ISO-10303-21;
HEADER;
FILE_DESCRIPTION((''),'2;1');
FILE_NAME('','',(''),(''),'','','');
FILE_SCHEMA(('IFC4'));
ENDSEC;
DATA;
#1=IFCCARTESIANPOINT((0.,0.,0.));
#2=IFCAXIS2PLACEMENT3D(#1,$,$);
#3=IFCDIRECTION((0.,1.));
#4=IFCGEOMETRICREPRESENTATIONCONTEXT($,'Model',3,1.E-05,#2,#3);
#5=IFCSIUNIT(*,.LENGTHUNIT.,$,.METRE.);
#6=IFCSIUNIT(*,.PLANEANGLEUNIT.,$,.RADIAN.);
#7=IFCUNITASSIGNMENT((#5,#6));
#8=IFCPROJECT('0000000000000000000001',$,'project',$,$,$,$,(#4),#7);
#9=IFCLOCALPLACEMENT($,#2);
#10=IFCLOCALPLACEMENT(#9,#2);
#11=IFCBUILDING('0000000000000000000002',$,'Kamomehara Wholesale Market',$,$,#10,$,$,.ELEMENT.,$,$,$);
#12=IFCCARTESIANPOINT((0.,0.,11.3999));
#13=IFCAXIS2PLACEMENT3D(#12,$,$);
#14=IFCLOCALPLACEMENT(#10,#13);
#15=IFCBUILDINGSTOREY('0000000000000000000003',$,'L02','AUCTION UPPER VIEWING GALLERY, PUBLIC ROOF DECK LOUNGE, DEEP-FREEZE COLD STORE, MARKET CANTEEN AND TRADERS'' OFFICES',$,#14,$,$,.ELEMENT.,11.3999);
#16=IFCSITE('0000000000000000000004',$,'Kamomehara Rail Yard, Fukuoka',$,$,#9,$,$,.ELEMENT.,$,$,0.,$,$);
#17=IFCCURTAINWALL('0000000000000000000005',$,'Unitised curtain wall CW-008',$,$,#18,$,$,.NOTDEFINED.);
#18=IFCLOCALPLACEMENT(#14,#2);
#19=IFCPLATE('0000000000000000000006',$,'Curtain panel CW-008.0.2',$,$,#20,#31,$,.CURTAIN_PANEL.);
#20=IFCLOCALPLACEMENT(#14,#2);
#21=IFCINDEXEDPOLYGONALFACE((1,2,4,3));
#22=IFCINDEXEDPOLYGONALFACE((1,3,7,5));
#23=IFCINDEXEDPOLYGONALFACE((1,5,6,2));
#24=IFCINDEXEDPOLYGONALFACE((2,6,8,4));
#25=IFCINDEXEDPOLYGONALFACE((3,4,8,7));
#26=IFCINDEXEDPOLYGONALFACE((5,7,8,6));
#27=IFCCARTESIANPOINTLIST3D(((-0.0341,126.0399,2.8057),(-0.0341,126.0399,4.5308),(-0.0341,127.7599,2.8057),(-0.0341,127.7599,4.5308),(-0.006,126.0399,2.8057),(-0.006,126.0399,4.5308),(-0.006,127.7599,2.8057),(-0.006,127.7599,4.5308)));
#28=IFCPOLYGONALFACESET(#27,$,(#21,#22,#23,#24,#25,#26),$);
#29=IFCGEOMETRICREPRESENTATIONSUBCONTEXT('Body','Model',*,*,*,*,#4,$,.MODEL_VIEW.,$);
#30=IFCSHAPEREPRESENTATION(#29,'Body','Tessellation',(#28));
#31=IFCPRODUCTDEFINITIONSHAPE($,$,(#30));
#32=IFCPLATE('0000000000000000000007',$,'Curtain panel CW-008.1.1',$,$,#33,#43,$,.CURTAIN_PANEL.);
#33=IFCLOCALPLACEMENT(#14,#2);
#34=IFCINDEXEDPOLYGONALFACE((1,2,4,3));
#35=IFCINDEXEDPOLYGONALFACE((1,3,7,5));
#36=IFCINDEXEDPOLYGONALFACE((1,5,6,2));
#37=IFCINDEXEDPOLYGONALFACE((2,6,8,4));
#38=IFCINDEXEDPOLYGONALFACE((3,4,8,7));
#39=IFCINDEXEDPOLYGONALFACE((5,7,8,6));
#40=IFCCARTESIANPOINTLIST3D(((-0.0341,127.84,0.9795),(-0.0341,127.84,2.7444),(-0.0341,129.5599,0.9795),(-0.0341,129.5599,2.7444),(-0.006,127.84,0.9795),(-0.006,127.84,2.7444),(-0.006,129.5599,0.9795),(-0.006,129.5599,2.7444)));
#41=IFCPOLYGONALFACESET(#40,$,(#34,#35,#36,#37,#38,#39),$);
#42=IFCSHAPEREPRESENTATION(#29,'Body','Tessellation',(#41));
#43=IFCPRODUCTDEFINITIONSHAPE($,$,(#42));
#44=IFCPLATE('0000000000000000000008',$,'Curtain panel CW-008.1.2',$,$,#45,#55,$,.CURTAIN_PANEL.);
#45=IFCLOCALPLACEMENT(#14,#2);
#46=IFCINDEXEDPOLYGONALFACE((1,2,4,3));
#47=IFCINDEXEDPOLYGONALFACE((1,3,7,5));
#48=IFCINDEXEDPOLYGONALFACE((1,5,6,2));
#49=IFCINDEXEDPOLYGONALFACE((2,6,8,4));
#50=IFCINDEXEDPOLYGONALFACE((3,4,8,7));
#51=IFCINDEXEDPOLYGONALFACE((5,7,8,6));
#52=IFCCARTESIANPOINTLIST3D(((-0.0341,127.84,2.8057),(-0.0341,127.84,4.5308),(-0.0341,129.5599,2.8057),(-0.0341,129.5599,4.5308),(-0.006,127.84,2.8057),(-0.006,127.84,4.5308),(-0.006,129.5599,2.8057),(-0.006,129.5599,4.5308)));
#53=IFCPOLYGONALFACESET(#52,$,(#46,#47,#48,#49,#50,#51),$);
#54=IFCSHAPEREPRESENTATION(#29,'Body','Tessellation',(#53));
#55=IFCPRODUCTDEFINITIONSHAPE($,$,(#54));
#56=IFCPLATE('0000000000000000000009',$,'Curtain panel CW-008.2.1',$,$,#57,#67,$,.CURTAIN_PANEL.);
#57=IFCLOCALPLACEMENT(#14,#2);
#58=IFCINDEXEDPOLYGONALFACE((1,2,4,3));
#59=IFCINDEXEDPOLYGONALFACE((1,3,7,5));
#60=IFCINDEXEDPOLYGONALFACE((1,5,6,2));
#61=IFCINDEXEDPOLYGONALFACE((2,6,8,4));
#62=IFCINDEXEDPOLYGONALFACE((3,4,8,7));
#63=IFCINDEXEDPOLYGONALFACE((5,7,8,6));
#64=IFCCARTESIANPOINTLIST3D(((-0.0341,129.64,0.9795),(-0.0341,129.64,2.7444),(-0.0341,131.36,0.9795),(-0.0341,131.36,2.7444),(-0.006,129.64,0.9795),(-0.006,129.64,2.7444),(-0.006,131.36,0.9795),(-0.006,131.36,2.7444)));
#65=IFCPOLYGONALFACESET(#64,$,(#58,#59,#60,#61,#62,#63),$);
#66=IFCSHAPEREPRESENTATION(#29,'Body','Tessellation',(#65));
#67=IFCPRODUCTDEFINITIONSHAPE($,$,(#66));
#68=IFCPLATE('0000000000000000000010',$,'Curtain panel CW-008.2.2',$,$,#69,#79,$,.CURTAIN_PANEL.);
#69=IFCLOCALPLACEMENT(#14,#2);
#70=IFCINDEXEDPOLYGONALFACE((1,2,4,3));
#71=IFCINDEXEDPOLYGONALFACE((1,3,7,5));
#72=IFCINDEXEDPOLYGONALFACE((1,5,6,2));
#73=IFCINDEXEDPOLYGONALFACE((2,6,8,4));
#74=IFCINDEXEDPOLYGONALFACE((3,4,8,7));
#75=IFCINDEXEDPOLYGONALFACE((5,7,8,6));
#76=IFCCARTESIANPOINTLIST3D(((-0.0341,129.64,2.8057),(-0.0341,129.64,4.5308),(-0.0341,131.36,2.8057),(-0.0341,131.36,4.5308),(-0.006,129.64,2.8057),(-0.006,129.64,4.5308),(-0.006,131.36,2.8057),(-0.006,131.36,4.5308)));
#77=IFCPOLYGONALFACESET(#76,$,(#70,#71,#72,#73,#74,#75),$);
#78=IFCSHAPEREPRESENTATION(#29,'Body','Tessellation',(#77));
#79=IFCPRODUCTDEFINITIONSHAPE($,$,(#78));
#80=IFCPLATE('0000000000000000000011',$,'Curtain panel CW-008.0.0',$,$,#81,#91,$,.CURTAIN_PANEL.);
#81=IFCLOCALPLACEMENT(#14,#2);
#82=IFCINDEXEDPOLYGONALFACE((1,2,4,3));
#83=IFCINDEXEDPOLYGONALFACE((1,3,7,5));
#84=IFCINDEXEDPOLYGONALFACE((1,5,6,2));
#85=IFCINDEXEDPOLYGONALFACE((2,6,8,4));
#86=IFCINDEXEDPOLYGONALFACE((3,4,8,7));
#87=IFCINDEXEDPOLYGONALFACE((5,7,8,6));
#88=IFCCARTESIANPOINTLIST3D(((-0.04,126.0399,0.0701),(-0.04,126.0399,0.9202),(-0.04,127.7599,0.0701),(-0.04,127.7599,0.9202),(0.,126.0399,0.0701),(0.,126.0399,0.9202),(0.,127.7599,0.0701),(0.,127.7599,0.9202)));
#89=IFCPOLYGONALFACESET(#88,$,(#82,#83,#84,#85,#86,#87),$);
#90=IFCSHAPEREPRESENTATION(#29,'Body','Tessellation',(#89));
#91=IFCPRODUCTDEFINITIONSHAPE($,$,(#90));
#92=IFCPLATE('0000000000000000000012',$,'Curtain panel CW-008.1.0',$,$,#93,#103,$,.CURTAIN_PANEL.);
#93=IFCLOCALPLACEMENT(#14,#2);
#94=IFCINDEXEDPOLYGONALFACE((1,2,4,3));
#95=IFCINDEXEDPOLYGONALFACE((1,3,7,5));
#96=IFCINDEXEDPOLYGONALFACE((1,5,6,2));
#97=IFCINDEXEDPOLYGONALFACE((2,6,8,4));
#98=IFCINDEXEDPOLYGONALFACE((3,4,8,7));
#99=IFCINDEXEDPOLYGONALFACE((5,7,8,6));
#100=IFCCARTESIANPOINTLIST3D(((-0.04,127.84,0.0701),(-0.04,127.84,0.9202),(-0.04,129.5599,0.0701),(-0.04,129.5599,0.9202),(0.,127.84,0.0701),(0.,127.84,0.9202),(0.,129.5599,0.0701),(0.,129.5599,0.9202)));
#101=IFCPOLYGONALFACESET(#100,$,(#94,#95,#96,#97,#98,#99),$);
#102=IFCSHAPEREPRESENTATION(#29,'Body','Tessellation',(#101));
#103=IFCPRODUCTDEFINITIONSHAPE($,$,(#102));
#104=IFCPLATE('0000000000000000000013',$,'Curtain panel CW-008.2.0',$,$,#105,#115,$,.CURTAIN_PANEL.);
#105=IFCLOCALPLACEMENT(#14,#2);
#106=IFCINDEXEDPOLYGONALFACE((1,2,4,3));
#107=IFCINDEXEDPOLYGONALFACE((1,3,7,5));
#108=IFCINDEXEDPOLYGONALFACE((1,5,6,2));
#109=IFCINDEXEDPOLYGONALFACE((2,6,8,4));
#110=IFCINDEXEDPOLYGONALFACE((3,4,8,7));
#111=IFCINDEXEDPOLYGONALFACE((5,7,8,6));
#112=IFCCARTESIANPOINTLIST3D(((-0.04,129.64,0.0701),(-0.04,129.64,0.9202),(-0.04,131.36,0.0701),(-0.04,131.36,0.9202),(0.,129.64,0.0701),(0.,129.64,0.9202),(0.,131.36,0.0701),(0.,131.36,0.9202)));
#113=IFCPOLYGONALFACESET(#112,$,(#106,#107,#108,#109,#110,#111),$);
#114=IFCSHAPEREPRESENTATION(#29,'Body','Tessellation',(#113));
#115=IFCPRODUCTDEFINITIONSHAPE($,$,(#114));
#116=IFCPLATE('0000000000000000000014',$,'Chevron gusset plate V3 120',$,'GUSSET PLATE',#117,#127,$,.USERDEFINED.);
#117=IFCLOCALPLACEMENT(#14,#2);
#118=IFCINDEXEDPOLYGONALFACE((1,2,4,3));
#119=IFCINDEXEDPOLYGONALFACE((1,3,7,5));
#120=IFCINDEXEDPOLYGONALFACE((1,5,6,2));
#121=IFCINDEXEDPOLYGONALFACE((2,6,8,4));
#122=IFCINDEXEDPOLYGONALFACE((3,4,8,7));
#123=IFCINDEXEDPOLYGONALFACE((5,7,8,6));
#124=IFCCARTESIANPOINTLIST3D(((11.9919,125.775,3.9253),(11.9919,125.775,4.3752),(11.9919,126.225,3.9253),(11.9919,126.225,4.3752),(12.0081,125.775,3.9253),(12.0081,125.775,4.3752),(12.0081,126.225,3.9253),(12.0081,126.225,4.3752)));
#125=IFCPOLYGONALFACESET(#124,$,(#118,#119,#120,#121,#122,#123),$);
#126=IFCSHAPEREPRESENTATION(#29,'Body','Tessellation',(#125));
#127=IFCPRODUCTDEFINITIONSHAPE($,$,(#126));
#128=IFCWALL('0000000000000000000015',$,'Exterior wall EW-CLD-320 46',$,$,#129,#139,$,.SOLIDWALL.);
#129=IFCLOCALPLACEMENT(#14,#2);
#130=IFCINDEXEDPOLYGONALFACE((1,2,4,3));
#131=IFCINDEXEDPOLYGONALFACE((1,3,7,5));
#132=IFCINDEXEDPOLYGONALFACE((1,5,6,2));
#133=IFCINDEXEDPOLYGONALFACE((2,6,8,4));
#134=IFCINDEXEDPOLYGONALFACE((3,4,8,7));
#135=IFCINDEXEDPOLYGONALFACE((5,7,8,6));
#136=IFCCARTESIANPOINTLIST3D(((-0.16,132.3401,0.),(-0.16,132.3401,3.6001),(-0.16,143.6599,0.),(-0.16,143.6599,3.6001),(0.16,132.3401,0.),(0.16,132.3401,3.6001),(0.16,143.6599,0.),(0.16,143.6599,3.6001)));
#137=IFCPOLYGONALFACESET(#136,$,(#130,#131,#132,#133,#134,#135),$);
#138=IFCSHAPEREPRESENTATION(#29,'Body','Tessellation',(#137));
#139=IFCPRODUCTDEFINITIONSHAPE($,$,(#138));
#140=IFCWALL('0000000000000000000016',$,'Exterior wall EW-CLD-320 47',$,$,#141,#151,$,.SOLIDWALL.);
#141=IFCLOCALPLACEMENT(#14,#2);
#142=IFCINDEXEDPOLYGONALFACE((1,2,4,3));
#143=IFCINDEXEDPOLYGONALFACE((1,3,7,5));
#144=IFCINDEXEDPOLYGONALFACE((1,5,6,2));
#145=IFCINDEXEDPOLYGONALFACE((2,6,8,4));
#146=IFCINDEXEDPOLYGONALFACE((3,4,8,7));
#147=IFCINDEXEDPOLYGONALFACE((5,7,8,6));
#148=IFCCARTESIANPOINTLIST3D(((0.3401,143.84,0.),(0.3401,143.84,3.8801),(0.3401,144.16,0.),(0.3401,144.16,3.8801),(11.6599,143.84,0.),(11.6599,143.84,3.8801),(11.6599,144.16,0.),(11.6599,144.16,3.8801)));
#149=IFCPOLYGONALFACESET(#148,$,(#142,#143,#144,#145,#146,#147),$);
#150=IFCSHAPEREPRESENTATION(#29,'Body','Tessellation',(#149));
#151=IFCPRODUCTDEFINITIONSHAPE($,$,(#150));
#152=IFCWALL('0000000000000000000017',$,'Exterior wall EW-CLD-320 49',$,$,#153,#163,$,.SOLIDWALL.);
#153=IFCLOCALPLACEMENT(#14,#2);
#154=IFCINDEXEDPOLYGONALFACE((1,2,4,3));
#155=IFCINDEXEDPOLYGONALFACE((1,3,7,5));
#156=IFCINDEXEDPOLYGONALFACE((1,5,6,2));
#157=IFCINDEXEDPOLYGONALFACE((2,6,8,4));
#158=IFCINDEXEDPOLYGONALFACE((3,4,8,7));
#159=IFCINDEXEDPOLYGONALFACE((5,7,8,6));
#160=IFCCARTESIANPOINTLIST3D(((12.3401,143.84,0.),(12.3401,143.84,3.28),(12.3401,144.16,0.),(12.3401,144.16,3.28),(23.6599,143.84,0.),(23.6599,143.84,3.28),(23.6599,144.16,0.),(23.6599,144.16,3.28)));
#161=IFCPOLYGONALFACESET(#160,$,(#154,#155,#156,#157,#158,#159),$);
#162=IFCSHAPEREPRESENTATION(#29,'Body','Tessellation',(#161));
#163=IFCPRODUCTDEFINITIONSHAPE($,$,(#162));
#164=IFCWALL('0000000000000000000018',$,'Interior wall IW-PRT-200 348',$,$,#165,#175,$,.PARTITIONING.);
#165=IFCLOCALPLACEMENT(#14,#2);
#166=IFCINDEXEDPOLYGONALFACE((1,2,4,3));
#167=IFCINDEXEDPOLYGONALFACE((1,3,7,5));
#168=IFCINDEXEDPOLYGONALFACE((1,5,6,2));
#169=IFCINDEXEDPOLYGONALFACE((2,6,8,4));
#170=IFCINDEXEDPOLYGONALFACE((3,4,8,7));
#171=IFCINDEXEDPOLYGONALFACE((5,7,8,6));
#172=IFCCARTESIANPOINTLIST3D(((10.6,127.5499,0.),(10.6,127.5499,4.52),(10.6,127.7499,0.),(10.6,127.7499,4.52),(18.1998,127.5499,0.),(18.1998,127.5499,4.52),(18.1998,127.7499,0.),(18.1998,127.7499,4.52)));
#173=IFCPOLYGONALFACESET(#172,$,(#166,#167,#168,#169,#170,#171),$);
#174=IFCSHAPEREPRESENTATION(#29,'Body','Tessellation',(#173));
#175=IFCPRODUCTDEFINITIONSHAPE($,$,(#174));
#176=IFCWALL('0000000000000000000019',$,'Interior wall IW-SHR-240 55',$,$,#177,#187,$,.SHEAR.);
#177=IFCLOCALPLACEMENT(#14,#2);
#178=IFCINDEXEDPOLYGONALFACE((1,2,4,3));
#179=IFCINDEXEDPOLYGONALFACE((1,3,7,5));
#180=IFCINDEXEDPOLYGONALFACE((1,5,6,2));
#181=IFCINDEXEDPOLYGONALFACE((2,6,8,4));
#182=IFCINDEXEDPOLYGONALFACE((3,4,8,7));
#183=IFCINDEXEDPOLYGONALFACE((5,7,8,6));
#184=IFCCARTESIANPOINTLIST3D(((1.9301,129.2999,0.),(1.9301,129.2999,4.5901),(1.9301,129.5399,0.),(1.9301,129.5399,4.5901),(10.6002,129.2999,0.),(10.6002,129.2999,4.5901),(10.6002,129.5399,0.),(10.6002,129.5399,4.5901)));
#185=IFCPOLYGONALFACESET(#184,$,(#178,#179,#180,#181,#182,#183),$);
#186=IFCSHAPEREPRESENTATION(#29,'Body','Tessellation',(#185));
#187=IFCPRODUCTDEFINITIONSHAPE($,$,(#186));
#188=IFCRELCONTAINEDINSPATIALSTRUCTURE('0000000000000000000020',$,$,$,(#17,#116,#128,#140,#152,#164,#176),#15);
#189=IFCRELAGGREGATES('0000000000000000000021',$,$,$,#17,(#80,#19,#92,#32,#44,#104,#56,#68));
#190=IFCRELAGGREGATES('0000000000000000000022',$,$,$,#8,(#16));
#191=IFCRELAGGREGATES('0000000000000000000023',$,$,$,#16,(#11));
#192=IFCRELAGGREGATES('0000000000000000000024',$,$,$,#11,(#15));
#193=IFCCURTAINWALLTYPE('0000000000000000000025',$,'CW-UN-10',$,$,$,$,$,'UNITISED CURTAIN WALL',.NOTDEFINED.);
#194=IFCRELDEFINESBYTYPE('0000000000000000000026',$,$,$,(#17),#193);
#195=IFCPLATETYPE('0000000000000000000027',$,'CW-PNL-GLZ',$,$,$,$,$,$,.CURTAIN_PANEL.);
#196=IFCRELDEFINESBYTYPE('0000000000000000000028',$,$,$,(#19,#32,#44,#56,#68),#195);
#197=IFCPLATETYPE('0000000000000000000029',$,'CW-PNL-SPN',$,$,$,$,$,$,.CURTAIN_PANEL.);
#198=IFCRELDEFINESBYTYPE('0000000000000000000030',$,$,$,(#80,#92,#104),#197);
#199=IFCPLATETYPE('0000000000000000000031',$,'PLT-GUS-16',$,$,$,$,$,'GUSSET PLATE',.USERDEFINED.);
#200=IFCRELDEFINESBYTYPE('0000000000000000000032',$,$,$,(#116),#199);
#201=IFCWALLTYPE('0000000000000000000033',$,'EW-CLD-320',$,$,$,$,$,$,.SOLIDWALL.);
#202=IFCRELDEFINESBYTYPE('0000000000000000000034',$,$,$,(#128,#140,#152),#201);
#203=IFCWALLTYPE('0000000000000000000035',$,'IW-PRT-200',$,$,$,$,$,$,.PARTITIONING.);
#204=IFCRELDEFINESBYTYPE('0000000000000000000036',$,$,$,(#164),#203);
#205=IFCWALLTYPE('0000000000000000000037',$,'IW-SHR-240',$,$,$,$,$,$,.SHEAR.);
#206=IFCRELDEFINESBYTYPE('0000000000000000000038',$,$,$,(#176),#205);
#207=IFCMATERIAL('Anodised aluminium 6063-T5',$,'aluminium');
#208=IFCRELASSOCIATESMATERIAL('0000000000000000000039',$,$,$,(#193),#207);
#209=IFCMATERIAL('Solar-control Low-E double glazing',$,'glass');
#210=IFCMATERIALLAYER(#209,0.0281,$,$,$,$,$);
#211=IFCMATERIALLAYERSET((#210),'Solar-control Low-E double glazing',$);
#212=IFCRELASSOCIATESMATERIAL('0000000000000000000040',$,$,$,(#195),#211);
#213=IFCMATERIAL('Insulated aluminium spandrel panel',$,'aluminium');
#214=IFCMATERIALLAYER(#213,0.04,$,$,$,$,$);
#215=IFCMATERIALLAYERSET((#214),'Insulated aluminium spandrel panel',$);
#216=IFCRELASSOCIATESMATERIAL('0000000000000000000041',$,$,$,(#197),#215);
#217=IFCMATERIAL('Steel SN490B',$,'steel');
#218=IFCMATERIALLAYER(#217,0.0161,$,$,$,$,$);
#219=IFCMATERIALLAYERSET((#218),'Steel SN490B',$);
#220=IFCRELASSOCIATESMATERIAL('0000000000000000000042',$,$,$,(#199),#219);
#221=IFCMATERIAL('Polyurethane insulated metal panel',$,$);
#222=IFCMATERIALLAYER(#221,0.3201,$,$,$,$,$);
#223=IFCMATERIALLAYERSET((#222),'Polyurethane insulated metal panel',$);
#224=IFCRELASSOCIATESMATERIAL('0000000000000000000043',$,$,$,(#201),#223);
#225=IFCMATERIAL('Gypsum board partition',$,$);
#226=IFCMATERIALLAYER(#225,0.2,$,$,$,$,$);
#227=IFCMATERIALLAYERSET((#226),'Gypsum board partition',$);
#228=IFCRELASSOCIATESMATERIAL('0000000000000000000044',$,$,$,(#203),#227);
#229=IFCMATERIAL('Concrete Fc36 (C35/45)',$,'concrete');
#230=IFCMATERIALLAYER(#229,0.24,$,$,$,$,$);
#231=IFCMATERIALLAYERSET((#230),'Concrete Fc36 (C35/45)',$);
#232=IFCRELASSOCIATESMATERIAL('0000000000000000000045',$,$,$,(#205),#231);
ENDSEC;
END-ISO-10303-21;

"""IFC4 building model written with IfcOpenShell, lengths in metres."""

from ifc_helpers import new_model, si_unit, direction, frame, frame_2d, origin, origin_2d, place, context, subcontext, project, spatial, rectangle, extrude, material, layer, layer_set, type_object, element, aggregate, save


model = new_model("IFC4")

# Units and contexts
model_context = context("Model", 3, precision=1e-05, world=origin(), true_north=direction((0.0, 1.0)))
body_context = subcontext(model_context, "Body", "Model", "MODEL_VIEW")
ifc_project = project(units=[si_unit("LENGTHUNIT", "METRE"), si_unit("PLANEANGLEUNIT", "RADIAN")], contexts=[model_context])

# Site, building, storey
site_placement = place(None, origin())
site = spatial("IfcSite", under=ifc_project, at=site_placement, Name="Kamomehara Rail Yard, Fukuoka", CompositionType="ELEMENT", RefElevation=0.0)
building_placement = place(site_placement, origin())
building = spatial("IfcBuilding", under=site, at=building_placement, Name="Kamomehara Wholesale Market", CompositionType="ELEMENT")
storey_placement = place(building_placement, frame((0.0, 0.0, 11.3999)))
storey = spatial("IfcBuildingStorey", under=building, at=storey_placement, Name="L02", Description="AUCTION UPPER VIEWING GALLERY, PUBLIC ROOF DECK LOUNGE, DEEP-FREEZE COLD STORE, MARKET CANTEEN AND TRADERS' OFFICES", CompositionType="ELEMENT", Elevation=11.3999)

# Curtain wall
ifc_material_1 = material(Name="Anodised aluminium 6063-T5", Category="aluminium")
curtain_wall_type = type_object("IfcCurtainWallType", Name="CW-UN-10", ElementType="UNITISED CURTAIN WALL", PredefinedType="NOTDEFINED", material=ifc_material_1)
curtain_wall_placement = place(storey_placement, origin())
curtain_wall = element("IfcCurtainWall", 1, at=curtain_wall_placement, inside=storey, type_object=curtain_wall_type, Name="Unitised curtain wall CW-008", PredefinedType="NOTDEFINED")

# Plates
ifc_material_2 = material(Name="Solar-control Low-E double glazing", Category="glass")
ifc_layer_1 = layer(ifc_material_2, 0.0281)
ifc_layer_set_1 = layer_set([ifc_layer_1], Name="Solar-control Low-E double glazing")
plate_type_1 = type_object("IfcPlateType", Name="CW-PNL-GLZ", PredefinedType="CURTAIN_PANEL", material=ifc_layer_set_1)
plate_1_placement = place(storey_placement, frame((-0.02, 126.8999, 2.8057), z_axis=(0.0, 0.0, 1.0), x_axis=(0.0, 1.0, 0.0)))
plate_1 = element("IfcPlate", 2, at=plate_1_placement, type_object=plate_type_1, Name="Curtain panel CW-008.0.2", PredefinedType="CURTAIN_PANEL", context=body_context, shape_type="SweptSolid", body=[
    extrude(rectangle(XDim=1.72, YDim=0.0281, at=origin_2d()), origin(), (0.0, 0.0, 1.0), 1.7251),
])
plate_2_placement = place(storey_placement, frame((-0.02, 128.7, 0.9795), z_axis=(0.0, 0.0, 1.0), x_axis=(0.0, 1.0, 0.0)))
plate_2 = element("IfcPlate", 3, at=plate_2_placement, type_object=plate_type_1, Name="Curtain panel CW-008.1.1", PredefinedType="CURTAIN_PANEL", context=body_context, shape_type="SweptSolid", body=[
    extrude(rectangle(XDim=1.72, YDim=0.0281, at=origin_2d()), origin(), (0.0, 0.0, 1.0), 1.7649),
])
plate_3_placement = place(storey_placement, frame((-0.02, 128.7, 2.8057), z_axis=(0.0, 0.0, 1.0), x_axis=(0.0, 1.0, 0.0)))
plate_3 = element("IfcPlate", 4, at=plate_3_placement, type_object=plate_type_1, Name="Curtain panel CW-008.1.2", PredefinedType="CURTAIN_PANEL", context=body_context, shape_type="SweptSolid", body=[
    extrude(rectangle(XDim=1.72, YDim=0.0281, at=origin_2d()), origin(), (0.0, 0.0, 1.0), 1.7251),
])
plate_4_placement = place(storey_placement, frame((-0.02, 130.5, 0.9795), z_axis=(0.0, 0.0, 1.0), x_axis=(0.0, 1.0, 0.0)))
plate_4 = element("IfcPlate", 5, at=plate_4_placement, type_object=plate_type_1, Name="Curtain panel CW-008.2.1", PredefinedType="CURTAIN_PANEL", context=body_context, shape_type="SweptSolid", body=[
    extrude(rectangle(XDim=1.72, YDim=0.0281, at=origin_2d()), origin(), (0.0, 0.0, 1.0), 1.7649),
])
plate_5_placement = place(storey_placement, frame((-0.02, 130.5, 2.8057), z_axis=(0.0, 0.0, 1.0), x_axis=(0.0, 1.0, 0.0)))
plate_5 = element("IfcPlate", 6, at=plate_5_placement, type_object=plate_type_1, Name="Curtain panel CW-008.2.2", PredefinedType="CURTAIN_PANEL", context=body_context, shape_type="SweptSolid", body=[
    extrude(rectangle(XDim=1.72, YDim=0.0281, at=origin_2d()), origin(), (0.0, 0.0, 1.0), 1.7251),
])
ifc_material_3 = material(Name="Insulated aluminium spandrel panel", Category="aluminium")
ifc_layer_2 = layer(ifc_material_3, 0.04)
ifc_layer_set_2 = layer_set([ifc_layer_2], Name="Insulated aluminium spandrel panel")
plate_type_2 = type_object("IfcPlateType", Name="CW-PNL-SPN", PredefinedType="CURTAIN_PANEL", material=ifc_layer_set_2)
plate_6_placement = place(storey_placement, frame((-0.02, 126.8999, 0.0701), z_axis=(0.0, 0.0, 1.0), x_axis=(0.0, 1.0, 0.0)))
plate_6 = element("IfcPlate", 7, at=plate_6_placement, type_object=plate_type_2, Name="Curtain panel CW-008.0.0", PredefinedType="CURTAIN_PANEL", context=body_context, shape_type="SweptSolid", body=[
    extrude(rectangle(XDim=1.72, YDim=0.04, at=origin_2d()), origin(), (0.0, 0.0, 1.0), 0.8501),
])
plate_7_placement = place(storey_placement, frame((-0.02, 128.7, 0.0701), z_axis=(0.0, 0.0, 1.0), x_axis=(0.0, 1.0, 0.0)))
plate_7 = element("IfcPlate", 8, at=plate_7_placement, type_object=plate_type_2, Name="Curtain panel CW-008.1.0", PredefinedType="CURTAIN_PANEL", context=body_context, shape_type="SweptSolid", body=[
    extrude(rectangle(XDim=1.72, YDim=0.04, at=origin_2d()), origin(), (0.0, 0.0, 1.0), 0.8501),
])
plate_8_placement = place(storey_placement, frame((-0.02, 130.5, 0.0701), z_axis=(0.0, 0.0, 1.0), x_axis=(0.0, 1.0, 0.0)))
plate_8 = element("IfcPlate", 9, at=plate_8_placement, type_object=plate_type_2, Name="Curtain panel CW-008.2.0", PredefinedType="CURTAIN_PANEL", context=body_context, shape_type="SweptSolid", body=[
    extrude(rectangle(XDim=1.72, YDim=0.04, at=origin_2d()), origin(), (0.0, 0.0, 1.0), 0.8501),
])
aggregate(curtain_wall, [plate_6, plate_1, plate_7, plate_2, plate_3, plate_8, plate_4, plate_5])
ifc_material_4 = material(Name="Steel SN490B", Category="steel")
ifc_layer_3 = layer(ifc_material_4, 0.0161)
ifc_layer_set_3 = layer_set([ifc_layer_3], Name="Steel SN490B")
plate_type_3 = type_object("IfcPlateType", Name="PLT-GUS-16", ElementType="GUSSET PLATE", PredefinedType="USERDEFINED", material=ifc_layer_set_3)
plate_9_placement = place(storey_placement, frame((12.0, 126.0, 3.9253), z_axis=(0.0, 0.0, 1.0), x_axis=(1.0, 0.0, 0.0)))
element("IfcPlate", 10, at=plate_9_placement, inside=storey, type_object=plate_type_3, Name="Chevron gusset plate V3 120", ObjectType="GUSSET PLATE", PredefinedType="USERDEFINED", context=body_context, shape_type="SweptSolid", body=[
    extrude(rectangle(XDim=0.0161, YDim=0.45, at=origin_2d()), origin(), (0.0, 0.0, 1.0), 0.45),
])

# Walls
ifc_material_5 = material(Name="Polyurethane insulated metal panel")
ifc_layer_4 = layer(ifc_material_5, 0.3201)
ifc_layer_set_4 = layer_set([ifc_layer_4], Name="Polyurethane insulated metal panel")
wall_type_1 = type_object("IfcWallType", Name="EW-CLD-320", PredefinedType="SOLIDWALL", material=ifc_layer_set_4)
wall_1_placement = place(storey_placement, frame((0.0, 132.3401, 0.0), z_axis=(0.0, 0.0, 1.0), x_axis=(0.0, 1.0, 0.0)))
element("IfcWall", 11, at=wall_1_placement, inside=storey, type_object=wall_type_1, Name="Exterior wall EW-CLD-320 46", PredefinedType="SOLIDWALL", context=body_context, shape_type="SweptSolid", body=[
    extrude(rectangle(XDim=11.3198, YDim=0.3201, at=frame_2d((5.6599, 0.0))), origin(), (0.0, 0.0, 1.0), 3.6001),
])
wall_2_placement = place(storey_placement, frame((0.3401, 144.0, 0.0), z_axis=(0.0, 0.0, 1.0), x_axis=(1.0, 0.0, 0.0)))
element("IfcWall", 12, at=wall_2_placement, inside=storey, type_object=wall_type_1, Name="Exterior wall EW-CLD-320 47", PredefinedType="SOLIDWALL", context=body_context, shape_type="SweptSolid", body=[
    extrude(rectangle(XDim=11.3198, YDim=0.3201, at=frame_2d((5.6599, 0.0))), origin(), (0.0, 0.0, 1.0), 3.8801),
])
wall_3_placement = place(storey_placement, frame((12.3401, 144.0, 0.0), z_axis=(0.0, 0.0, 1.0), x_axis=(1.0, 0.0, 0.0)))
element("IfcWall", 13, at=wall_3_placement, inside=storey, type_object=wall_type_1, Name="Exterior wall EW-CLD-320 49", PredefinedType="SOLIDWALL", context=body_context, shape_type="SweptSolid", body=[
    extrude(rectangle(XDim=11.3198, YDim=0.3201, at=frame_2d((5.6599, 0.0))), origin(), (0.0, 0.0, 1.0), 3.28),
])
ifc_material_6 = material(Name="Gypsum board partition")
ifc_layer_5 = layer(ifc_material_6, 0.2)
ifc_layer_set_5 = layer_set([ifc_layer_5], Name="Gypsum board partition")
wall_type_2 = type_object("IfcWallType", Name="IW-PRT-200", PredefinedType="PARTITIONING", material=ifc_layer_set_5)
wall_4_placement = place(storey_placement, frame((10.6001, 127.6499, 0.0), z_axis=(0.0, 0.0, 1.0), x_axis=(1.0, 0.0, 0.0)))
element("IfcWall", 14, at=wall_4_placement, inside=storey, type_object=wall_type_2, Name="Interior wall IW-PRT-200 348", PredefinedType="PARTITIONING", context=body_context, shape_type="SweptSolid", body=[
    extrude(rectangle(XDim=7.5999, YDim=0.2, at=frame_2d((3.7998, 0.0))), origin(), (0.0, 0.0, 1.0), 4.52),
])
ifc_material_7 = material(Name="Concrete Fc36 (C35/45)", Category="concrete")
ifc_layer_6 = layer(ifc_material_7, 0.24)
ifc_layer_set_6 = layer_set([ifc_layer_6], Name="Concrete Fc36 (C35/45)")
wall_type_3 = type_object("IfcWallType", Name="IW-SHR-240", PredefinedType="SHEAR", material=ifc_layer_set_6)
wall_5_placement = place(storey_placement, frame((10.6001, 129.4199, 0.0), z_axis=(0.0, 0.0, 1.0), x_axis=(-1.0, 0.0, 0.0)))
element("IfcWall", 15, at=wall_5_placement, inside=storey, type_object=wall_type_3, Name="Interior wall IW-SHR-240 55", PredefinedType="SHEAR", context=body_context, shape_type="SweptSolid", body=[
    extrude(rectangle(XDim=8.6702, YDim=0.24, at=frame_2d((4.335, 0.0))), origin(), (0.0, 0.0, 1.0), 4.5901),
])

save(model, "model.ifc")
